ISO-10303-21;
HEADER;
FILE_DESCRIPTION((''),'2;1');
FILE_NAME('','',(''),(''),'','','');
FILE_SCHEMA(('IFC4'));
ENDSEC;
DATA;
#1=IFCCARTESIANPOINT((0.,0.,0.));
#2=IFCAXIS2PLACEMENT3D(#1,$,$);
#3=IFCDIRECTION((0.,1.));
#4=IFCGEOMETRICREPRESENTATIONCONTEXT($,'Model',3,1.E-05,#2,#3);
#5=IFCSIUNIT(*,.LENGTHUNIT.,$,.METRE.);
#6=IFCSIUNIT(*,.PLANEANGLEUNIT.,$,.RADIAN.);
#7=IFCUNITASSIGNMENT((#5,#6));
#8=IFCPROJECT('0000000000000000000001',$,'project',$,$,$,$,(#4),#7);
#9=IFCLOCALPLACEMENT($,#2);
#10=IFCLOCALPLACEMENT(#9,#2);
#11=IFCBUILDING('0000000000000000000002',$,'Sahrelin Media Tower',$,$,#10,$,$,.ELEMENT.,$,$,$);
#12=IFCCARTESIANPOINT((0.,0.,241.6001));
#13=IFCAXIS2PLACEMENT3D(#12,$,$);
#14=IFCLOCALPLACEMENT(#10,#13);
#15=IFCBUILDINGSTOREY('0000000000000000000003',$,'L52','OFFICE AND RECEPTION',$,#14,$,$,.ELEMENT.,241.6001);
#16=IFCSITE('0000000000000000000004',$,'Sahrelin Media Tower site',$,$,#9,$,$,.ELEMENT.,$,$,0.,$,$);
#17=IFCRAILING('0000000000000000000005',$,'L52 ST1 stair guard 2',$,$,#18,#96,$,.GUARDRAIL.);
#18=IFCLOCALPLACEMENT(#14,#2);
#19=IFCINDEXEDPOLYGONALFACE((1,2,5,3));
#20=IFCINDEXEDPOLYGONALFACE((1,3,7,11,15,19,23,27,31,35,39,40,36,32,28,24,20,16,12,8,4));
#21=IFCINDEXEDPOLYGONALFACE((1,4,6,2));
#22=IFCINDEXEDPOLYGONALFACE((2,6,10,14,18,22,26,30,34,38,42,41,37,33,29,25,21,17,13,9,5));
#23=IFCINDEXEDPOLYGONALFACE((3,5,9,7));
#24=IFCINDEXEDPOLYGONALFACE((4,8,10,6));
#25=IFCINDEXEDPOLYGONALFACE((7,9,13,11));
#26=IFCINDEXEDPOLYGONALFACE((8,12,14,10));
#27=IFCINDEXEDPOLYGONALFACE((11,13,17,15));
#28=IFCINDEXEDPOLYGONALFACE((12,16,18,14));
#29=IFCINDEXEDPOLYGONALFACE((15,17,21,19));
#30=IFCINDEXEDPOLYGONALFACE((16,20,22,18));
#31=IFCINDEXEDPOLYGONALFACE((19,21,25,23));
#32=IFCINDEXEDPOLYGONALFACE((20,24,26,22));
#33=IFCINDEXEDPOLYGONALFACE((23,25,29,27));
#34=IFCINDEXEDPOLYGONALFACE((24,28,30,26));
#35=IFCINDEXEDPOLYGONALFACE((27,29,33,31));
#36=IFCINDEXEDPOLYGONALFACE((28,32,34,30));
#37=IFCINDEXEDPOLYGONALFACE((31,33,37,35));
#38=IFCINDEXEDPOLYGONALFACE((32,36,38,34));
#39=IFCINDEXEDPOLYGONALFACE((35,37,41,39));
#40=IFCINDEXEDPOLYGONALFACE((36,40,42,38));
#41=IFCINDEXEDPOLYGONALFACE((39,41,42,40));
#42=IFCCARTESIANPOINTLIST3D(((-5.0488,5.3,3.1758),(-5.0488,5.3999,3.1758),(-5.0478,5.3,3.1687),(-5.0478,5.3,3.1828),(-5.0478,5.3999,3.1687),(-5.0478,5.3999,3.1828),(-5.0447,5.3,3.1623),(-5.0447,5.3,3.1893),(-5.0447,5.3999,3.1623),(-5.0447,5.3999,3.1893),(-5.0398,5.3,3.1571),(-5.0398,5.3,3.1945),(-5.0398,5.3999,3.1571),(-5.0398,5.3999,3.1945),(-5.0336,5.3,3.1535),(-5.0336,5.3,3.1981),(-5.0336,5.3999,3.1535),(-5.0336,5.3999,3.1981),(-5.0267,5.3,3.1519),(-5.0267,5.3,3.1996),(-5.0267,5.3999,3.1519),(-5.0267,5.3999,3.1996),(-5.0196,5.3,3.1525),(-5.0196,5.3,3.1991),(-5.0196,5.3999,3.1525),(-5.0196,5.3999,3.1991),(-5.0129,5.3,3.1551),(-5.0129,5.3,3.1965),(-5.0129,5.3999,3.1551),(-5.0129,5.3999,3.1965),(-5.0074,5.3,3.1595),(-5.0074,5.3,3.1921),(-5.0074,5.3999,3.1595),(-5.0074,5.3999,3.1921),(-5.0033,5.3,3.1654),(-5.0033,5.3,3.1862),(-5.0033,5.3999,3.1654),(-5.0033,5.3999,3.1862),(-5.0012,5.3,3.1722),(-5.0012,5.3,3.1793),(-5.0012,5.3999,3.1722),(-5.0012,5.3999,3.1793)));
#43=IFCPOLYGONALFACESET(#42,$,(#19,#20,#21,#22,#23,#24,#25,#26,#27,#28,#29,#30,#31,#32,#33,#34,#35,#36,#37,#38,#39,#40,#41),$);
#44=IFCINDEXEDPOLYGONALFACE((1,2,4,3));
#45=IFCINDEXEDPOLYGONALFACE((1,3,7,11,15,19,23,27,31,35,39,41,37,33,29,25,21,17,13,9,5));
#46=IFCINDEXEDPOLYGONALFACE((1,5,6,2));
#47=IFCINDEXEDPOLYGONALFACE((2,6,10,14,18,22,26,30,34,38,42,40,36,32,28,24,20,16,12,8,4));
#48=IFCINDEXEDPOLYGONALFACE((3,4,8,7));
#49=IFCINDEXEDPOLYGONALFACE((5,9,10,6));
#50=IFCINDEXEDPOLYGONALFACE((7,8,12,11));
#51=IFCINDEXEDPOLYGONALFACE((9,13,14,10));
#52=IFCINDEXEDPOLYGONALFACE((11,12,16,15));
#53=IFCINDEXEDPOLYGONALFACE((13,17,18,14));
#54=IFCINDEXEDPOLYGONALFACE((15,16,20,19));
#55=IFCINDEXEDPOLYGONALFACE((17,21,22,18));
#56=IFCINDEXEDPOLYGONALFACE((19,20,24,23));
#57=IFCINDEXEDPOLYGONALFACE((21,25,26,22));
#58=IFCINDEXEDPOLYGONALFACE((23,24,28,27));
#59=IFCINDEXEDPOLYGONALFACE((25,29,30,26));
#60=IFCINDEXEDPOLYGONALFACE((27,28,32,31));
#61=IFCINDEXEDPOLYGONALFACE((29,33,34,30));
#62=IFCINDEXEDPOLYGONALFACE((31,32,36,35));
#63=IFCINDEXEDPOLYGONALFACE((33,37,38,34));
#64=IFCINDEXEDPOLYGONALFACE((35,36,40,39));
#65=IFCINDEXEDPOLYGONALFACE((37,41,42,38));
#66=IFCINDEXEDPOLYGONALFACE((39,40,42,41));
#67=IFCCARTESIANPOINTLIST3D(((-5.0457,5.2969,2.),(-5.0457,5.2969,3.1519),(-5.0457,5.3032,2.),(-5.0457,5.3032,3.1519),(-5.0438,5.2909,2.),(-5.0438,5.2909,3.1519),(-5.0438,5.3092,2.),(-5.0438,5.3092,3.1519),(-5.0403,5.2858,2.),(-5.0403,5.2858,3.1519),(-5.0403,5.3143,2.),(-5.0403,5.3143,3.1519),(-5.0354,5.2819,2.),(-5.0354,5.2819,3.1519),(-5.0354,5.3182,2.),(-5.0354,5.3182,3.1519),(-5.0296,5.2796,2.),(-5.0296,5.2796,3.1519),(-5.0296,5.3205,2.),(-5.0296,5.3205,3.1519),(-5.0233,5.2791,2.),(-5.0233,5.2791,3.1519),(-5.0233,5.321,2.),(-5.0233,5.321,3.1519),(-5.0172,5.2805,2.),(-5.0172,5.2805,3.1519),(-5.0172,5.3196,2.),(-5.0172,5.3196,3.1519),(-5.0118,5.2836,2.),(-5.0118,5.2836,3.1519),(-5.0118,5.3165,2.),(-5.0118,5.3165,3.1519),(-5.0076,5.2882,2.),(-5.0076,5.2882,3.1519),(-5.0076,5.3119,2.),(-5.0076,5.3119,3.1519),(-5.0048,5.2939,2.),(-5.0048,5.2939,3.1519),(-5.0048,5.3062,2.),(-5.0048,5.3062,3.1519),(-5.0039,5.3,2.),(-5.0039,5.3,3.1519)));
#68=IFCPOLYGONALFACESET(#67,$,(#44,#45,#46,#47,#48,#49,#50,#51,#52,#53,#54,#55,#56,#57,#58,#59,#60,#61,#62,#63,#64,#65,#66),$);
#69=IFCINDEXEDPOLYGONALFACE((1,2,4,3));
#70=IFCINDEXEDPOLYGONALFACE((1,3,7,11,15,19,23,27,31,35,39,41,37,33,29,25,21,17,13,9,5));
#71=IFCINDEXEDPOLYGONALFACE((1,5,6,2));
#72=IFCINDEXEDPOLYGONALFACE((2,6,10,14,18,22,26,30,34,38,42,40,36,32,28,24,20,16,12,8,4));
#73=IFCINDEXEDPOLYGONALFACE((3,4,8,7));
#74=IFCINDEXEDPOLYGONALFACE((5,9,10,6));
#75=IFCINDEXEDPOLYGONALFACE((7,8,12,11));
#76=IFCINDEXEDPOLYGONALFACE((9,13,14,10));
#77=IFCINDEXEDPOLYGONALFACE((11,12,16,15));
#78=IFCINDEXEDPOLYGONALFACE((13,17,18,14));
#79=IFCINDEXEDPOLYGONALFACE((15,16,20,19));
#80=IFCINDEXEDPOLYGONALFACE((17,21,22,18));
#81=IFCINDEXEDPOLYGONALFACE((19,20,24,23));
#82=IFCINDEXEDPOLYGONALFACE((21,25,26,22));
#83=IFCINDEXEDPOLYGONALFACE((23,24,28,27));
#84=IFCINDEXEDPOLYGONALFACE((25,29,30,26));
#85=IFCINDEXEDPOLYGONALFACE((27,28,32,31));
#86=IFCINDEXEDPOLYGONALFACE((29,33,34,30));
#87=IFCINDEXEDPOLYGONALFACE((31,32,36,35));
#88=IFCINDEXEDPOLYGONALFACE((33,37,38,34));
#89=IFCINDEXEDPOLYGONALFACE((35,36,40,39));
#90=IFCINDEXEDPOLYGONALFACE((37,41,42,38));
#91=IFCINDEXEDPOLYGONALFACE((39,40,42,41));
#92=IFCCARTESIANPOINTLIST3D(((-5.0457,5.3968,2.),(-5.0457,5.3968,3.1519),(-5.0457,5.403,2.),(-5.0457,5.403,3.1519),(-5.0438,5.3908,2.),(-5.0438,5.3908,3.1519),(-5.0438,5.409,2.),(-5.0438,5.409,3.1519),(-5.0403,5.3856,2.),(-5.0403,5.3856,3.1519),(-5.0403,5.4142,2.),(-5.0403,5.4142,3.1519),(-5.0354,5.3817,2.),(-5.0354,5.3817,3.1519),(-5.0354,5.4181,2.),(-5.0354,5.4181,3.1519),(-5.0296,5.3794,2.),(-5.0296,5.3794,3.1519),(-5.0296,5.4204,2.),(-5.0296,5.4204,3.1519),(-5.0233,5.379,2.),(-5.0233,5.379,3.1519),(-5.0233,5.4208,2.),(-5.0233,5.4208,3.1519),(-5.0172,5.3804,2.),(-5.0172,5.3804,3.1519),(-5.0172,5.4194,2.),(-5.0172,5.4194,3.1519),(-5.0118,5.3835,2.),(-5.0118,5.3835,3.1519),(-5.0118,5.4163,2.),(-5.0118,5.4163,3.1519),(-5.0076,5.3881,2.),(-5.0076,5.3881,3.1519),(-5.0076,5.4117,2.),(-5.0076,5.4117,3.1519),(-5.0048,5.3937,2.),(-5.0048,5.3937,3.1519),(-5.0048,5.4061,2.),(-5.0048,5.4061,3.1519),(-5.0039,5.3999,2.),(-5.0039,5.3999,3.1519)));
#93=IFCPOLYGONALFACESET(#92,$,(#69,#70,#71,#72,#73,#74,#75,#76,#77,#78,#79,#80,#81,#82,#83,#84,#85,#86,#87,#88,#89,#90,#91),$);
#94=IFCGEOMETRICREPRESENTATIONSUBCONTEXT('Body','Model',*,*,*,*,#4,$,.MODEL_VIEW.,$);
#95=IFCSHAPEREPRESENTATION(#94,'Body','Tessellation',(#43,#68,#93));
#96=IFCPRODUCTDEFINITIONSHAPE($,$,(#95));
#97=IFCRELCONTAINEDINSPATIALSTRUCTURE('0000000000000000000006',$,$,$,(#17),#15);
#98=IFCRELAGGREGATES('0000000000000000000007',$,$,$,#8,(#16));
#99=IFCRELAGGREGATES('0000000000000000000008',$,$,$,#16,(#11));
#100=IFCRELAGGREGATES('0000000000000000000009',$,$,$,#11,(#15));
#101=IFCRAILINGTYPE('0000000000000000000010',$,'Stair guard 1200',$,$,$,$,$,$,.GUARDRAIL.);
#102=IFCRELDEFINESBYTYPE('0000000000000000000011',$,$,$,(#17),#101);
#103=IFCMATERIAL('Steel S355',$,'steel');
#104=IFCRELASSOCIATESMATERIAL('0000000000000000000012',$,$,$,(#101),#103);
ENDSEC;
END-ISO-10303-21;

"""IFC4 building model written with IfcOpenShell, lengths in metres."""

from ifc_helpers import new_model, si_unit, direction, frame, origin, origin_2d, place, context, subcontext, project, spatial, circle, extrude, material, type_object, element, save


model = new_model("IFC4")

# Units and contexts
model_context = context("Model", 3, precision=1e-05, world=origin(), true_north=direction((0.0, 1.0)))
body_context = subcontext(model_context, "Body", "Model", "MODEL_VIEW")
ifc_project = project(units=[si_unit("LENGTHUNIT", "METRE"), si_unit("PLANEANGLEUNIT", "RADIAN")], contexts=[model_context])

# Site, building, storey
site_placement = place(None, origin())
site = spatial("IfcSite", under=ifc_project, at=site_placement, Name="Sahrelin Media Tower site", CompositionType="ELEMENT", RefElevation=0.0)
building_placement = place(site_placement, origin())
building = spatial("IfcBuilding", under=site, at=building_placement, Name="Sahrelin Media Tower", CompositionType="ELEMENT")
storey_placement = place(building_placement, frame((0.0, 0.0, 241.6001)))
storey = spatial("IfcBuildingStorey", under=building, at=storey_placement, Name="L52", Description="OFFICE AND RECEPTION", CompositionType="ELEMENT", Elevation=241.6001)

# Shared definitions
ifc_material_1 = material(Name="Steel S355", Category="steel")

# Railing
railing_type_1 = type_object("IfcRailingType", Name="Stair guard 1200", PredefinedType="GUARDRAIL", material=ifc_material_1)
railing_1_placement = place(storey_placement, frame((-5.0249, 5.3, 2.0)))
element("IfcRailing", 1, at=railing_1_placement, inside=storey, type_object=railing_type_1, Name="L52 ST1 stair guard 2", PredefinedType="GUARDRAIL", context=body_context, shape_type="SweptSolid", body=[
    extrude(circle(Radius=0.0239, at=origin_2d()), frame((0.0, 0.0, 1.1758), z_axis=(0.0, 1.0, 0.0), x_axis=(-1.0, 0.0, 0.0)), (0.0, 0.0, 1.0), 0.0999),
    extrude(circle(Radius=0.021, at=origin_2d()), origin(), (0.0, 0.0, 1.0), 1.1519),
    extrude(circle(Radius=0.021, at=origin_2d()), frame((0.0, 0.0999, 0.0)), (0.0, 0.0, 1.0), 1.1519),
])

save(model, "model.ifc")
